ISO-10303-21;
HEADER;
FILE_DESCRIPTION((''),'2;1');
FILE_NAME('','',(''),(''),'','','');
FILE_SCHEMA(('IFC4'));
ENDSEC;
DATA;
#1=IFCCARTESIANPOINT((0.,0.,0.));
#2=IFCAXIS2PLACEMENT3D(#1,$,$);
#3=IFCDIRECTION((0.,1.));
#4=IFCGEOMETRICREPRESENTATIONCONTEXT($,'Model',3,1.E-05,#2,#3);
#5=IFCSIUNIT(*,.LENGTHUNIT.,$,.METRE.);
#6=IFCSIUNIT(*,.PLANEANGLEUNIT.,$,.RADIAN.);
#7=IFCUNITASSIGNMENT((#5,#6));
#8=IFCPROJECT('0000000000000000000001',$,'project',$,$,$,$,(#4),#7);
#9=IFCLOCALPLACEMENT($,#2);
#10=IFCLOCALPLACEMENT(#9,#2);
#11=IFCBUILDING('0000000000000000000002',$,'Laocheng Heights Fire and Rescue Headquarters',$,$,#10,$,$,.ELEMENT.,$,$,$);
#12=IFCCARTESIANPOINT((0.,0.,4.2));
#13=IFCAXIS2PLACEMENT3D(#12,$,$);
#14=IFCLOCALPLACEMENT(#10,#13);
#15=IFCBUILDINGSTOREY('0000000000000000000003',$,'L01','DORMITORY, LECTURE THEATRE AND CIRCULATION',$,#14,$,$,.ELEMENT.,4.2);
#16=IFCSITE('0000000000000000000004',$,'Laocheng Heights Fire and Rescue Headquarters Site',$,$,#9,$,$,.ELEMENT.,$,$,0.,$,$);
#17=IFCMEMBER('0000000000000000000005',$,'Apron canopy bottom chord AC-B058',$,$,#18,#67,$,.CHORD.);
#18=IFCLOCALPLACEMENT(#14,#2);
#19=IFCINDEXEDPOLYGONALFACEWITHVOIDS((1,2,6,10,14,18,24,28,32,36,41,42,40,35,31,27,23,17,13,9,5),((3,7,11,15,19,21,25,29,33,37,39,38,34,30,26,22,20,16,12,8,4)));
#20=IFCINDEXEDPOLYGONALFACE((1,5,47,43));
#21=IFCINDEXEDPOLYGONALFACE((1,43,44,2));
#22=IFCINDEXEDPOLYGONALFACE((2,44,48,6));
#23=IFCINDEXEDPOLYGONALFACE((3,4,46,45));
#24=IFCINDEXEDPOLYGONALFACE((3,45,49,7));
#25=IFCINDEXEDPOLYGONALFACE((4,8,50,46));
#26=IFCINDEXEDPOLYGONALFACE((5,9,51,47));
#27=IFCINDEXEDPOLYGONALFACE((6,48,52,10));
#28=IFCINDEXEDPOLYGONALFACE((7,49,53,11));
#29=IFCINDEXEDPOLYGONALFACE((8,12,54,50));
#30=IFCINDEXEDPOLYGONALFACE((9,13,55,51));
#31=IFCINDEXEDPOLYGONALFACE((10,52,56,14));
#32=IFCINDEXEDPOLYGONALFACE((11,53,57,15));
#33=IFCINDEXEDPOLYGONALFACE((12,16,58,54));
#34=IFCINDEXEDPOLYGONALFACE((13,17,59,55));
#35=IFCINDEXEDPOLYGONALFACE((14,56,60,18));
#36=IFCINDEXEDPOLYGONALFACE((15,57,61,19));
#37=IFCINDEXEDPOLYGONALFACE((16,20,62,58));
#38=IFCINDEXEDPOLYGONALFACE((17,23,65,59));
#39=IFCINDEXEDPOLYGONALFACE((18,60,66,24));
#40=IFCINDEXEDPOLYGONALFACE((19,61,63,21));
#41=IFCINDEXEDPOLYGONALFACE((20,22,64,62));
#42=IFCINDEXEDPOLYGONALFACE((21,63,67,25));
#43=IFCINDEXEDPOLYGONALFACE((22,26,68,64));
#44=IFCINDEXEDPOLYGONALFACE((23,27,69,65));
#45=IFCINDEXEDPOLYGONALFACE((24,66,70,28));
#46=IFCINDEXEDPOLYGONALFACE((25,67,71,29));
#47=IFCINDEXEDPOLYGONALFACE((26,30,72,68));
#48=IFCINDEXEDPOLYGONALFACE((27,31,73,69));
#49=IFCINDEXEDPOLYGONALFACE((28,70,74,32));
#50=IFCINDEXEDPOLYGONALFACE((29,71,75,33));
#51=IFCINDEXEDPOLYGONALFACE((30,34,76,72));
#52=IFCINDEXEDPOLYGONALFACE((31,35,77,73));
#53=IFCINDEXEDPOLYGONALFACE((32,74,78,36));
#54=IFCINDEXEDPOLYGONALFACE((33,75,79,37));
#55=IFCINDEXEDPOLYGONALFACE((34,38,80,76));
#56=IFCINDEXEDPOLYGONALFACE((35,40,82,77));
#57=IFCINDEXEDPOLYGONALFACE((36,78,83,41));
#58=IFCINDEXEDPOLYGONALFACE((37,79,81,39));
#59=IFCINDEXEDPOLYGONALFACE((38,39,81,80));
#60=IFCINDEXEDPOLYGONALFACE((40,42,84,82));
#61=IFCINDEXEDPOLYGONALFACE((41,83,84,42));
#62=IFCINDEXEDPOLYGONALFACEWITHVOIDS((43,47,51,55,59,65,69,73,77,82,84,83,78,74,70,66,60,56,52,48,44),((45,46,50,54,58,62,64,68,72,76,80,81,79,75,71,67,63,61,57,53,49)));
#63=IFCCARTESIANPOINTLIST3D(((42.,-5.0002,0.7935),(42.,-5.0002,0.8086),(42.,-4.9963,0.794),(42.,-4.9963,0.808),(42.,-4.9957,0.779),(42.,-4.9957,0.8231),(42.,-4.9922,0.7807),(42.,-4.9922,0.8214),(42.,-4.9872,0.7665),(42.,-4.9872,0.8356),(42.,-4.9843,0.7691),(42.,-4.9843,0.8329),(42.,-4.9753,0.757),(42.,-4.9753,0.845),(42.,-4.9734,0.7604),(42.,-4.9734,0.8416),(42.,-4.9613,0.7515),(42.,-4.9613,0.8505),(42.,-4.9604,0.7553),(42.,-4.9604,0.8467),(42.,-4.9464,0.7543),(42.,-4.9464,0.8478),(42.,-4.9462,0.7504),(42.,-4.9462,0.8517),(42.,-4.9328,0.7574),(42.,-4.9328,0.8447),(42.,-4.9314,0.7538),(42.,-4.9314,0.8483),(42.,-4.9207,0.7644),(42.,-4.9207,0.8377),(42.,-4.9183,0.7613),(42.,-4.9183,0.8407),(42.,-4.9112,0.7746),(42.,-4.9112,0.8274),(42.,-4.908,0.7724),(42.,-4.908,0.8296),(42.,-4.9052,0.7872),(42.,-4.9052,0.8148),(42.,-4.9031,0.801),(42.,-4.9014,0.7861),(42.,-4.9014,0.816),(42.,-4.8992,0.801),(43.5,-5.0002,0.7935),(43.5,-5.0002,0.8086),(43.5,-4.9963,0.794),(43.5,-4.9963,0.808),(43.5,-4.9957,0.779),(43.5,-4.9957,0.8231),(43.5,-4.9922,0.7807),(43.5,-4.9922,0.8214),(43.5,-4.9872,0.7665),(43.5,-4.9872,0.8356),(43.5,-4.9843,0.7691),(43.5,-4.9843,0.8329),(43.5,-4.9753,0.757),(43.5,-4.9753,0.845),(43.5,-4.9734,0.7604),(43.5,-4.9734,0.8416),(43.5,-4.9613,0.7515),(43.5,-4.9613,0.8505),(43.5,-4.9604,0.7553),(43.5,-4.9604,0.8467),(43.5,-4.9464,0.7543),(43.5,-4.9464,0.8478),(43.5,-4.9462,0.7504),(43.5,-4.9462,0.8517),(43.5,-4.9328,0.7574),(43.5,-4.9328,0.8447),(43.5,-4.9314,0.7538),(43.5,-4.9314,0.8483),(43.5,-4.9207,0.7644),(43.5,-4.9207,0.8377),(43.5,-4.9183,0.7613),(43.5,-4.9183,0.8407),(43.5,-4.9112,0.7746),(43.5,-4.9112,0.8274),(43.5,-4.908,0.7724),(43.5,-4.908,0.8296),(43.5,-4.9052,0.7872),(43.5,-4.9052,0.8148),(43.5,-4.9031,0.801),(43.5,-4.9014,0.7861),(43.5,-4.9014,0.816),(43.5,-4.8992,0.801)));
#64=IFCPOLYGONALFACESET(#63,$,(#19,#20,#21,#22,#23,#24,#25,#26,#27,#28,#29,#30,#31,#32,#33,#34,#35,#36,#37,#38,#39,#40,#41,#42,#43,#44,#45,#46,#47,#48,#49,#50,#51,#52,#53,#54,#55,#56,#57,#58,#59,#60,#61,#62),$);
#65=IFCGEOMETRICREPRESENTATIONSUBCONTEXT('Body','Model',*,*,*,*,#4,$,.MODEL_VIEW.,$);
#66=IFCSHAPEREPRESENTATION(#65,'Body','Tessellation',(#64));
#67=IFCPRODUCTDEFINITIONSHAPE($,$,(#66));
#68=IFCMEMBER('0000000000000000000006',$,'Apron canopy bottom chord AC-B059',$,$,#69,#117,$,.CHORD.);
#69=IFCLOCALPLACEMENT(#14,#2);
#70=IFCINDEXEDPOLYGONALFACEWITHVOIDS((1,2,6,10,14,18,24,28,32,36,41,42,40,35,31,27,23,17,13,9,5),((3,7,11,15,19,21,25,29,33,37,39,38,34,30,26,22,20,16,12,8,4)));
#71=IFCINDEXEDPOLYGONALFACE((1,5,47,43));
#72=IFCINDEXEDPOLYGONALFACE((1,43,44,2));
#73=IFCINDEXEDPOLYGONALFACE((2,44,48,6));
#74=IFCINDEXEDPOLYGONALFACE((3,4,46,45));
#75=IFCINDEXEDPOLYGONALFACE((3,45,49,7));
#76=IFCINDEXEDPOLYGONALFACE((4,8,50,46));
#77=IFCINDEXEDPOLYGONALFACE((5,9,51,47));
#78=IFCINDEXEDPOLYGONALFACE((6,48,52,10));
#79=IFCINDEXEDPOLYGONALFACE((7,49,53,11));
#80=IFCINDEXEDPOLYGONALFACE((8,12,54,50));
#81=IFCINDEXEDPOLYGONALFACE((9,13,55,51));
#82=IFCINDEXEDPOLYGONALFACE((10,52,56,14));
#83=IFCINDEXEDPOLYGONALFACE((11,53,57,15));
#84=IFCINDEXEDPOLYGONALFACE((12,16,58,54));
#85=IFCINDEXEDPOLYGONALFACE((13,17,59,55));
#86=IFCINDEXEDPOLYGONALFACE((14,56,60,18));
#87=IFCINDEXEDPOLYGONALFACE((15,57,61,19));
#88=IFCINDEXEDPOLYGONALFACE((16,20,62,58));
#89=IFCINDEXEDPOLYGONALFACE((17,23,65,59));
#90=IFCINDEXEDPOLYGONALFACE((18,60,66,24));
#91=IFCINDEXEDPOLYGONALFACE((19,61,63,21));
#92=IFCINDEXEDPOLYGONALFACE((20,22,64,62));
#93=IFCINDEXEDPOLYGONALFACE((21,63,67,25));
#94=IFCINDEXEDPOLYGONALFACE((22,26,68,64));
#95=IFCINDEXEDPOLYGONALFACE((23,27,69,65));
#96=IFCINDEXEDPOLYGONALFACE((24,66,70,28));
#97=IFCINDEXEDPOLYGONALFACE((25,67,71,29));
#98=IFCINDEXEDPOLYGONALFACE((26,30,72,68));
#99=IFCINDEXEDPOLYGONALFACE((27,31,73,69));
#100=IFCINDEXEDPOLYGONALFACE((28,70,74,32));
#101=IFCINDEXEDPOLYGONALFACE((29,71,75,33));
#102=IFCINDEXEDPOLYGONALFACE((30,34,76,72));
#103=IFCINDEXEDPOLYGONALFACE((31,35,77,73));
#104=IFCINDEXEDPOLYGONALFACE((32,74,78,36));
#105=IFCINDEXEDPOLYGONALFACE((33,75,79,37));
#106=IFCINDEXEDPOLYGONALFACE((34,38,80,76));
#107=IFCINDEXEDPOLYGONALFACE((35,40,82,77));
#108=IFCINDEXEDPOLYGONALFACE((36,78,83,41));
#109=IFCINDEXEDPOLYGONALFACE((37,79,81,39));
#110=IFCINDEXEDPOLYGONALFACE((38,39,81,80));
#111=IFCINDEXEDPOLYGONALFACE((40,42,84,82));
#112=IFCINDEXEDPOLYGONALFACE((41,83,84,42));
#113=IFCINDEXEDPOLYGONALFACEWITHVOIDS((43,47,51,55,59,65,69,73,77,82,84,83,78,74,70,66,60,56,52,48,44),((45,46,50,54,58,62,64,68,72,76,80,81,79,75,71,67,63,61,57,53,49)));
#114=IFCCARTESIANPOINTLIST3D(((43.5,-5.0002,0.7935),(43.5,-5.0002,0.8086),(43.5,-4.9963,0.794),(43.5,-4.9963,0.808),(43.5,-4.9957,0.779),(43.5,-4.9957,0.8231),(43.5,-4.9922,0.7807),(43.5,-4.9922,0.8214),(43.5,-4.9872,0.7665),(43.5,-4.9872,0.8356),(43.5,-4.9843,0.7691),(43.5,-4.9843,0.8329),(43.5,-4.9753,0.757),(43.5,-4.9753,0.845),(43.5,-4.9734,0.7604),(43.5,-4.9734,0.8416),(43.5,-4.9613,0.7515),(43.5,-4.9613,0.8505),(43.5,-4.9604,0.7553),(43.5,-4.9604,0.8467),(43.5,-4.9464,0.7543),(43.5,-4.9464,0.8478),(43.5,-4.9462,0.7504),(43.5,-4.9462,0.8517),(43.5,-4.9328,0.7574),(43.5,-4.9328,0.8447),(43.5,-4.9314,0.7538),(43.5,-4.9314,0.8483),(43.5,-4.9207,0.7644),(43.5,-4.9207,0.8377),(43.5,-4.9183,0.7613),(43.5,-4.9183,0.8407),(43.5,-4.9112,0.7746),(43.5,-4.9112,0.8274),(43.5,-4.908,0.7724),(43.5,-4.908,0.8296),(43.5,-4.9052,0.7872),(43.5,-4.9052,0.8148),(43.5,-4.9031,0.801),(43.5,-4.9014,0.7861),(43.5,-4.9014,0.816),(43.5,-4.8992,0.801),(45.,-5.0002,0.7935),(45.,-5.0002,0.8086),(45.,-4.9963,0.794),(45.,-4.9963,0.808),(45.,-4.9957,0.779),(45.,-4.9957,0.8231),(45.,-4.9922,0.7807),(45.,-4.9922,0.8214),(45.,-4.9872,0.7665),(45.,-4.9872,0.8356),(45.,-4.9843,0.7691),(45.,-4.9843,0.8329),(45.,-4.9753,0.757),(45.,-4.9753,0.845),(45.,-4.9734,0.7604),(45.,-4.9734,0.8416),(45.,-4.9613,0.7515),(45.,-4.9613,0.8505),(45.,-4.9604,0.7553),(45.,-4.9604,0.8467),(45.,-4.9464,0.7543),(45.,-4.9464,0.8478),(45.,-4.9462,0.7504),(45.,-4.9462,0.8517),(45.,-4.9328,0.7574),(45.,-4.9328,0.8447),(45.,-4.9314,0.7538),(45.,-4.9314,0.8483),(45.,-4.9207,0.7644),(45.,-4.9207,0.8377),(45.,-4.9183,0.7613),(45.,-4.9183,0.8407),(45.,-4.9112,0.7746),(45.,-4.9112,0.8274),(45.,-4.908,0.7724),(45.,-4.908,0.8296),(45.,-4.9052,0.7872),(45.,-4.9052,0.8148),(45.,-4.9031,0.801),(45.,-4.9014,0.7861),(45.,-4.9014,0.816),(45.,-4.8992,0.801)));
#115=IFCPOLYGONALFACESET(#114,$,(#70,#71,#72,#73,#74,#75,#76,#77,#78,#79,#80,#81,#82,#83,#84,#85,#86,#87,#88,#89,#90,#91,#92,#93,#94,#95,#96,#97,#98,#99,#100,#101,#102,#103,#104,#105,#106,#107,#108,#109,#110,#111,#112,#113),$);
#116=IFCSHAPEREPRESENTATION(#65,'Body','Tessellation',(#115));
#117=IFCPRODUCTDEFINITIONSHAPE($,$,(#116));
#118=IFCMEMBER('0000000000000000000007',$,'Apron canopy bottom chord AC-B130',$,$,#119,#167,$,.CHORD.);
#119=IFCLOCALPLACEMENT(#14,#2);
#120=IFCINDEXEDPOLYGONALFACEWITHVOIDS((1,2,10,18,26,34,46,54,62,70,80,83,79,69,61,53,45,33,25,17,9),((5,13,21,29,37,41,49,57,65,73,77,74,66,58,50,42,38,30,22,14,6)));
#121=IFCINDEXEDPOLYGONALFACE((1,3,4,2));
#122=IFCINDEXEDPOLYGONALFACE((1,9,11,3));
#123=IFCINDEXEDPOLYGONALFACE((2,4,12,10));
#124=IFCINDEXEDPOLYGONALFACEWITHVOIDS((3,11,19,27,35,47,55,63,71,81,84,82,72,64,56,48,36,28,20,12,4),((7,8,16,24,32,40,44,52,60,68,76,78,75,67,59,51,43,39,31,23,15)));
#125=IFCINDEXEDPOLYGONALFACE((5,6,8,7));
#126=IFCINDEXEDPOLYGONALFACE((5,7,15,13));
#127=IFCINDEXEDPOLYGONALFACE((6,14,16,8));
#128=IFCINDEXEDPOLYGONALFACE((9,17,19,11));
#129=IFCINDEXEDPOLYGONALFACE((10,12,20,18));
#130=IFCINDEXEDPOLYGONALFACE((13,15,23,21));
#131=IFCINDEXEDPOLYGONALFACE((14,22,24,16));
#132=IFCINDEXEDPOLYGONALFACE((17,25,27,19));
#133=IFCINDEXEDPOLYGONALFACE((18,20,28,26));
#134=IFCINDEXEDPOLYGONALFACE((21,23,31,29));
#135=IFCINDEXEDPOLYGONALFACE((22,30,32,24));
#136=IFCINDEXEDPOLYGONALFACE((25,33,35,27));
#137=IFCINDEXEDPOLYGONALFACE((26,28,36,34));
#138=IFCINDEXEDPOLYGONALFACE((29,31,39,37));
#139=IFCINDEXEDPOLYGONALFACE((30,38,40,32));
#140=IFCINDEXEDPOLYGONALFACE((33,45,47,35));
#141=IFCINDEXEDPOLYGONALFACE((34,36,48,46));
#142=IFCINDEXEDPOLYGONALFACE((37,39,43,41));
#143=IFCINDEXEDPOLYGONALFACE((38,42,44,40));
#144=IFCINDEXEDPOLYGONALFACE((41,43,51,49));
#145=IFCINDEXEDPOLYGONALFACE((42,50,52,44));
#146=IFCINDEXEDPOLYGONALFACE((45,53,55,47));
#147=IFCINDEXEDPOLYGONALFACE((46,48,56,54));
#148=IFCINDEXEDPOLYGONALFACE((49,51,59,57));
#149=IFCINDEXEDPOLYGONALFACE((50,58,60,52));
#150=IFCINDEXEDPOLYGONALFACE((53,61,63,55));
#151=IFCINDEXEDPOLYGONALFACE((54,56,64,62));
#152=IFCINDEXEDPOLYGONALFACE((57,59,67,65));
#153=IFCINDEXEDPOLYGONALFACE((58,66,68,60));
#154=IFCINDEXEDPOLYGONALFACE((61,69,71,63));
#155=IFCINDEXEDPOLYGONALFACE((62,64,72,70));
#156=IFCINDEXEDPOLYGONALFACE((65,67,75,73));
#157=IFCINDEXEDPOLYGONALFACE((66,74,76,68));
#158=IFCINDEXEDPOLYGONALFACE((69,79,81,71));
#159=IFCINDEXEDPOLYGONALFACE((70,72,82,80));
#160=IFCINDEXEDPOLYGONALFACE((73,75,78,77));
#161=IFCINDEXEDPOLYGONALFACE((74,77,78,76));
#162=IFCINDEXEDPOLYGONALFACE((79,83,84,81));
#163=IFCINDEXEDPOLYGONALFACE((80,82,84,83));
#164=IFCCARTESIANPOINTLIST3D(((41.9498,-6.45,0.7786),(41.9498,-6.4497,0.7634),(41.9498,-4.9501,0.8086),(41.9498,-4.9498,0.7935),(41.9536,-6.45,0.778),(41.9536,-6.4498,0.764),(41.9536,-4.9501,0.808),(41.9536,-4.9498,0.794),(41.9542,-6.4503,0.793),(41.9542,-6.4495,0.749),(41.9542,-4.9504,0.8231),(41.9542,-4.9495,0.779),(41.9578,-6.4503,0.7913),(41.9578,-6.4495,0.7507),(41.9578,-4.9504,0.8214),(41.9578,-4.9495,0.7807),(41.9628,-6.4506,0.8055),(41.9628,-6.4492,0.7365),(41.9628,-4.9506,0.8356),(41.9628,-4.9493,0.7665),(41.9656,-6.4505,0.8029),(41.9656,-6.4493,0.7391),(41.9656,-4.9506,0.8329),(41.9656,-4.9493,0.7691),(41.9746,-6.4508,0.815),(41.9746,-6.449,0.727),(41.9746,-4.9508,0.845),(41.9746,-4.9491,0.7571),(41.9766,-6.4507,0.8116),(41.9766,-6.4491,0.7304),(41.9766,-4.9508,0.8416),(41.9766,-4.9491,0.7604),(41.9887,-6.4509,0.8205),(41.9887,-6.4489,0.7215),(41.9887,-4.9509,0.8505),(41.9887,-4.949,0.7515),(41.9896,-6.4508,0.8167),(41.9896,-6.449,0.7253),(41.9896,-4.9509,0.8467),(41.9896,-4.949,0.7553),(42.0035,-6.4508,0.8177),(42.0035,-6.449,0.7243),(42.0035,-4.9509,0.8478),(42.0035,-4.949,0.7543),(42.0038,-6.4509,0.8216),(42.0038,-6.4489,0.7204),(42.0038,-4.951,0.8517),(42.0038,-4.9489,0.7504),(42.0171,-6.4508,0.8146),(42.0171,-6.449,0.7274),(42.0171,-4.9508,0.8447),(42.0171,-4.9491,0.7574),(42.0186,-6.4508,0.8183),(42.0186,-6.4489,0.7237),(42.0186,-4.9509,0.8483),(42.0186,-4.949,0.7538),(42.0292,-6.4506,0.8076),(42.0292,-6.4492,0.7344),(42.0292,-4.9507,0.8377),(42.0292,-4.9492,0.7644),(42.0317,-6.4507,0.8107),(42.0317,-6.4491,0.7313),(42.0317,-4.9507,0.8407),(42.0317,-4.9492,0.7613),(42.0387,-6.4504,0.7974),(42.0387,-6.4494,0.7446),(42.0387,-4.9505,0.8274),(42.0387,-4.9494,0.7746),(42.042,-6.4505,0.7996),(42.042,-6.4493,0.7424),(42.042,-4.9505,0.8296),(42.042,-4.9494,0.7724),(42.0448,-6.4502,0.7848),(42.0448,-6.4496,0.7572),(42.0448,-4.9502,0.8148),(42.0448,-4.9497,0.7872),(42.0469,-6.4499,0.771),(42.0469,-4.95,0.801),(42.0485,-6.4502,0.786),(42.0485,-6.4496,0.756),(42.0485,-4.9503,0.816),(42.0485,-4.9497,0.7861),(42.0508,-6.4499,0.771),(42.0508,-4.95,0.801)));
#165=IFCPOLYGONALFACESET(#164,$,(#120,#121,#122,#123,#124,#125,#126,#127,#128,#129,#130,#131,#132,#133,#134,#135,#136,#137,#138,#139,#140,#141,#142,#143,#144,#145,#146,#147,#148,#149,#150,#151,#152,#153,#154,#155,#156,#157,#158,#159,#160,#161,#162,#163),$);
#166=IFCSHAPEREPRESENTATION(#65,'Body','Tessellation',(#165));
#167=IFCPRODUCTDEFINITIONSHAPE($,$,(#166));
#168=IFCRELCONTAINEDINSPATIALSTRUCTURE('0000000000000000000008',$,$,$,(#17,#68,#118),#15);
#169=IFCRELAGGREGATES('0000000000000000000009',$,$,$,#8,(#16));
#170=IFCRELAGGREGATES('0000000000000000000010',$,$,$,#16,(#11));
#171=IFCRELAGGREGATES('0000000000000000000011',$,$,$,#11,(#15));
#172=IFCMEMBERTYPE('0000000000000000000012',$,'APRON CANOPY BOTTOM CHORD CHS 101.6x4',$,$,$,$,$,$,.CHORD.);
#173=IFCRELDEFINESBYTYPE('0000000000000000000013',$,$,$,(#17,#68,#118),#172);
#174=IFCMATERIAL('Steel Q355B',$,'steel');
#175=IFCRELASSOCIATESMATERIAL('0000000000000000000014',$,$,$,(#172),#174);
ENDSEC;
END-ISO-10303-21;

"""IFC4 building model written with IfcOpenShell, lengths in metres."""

from ifc_helpers import new_model, si_unit, direction, frame, origin, origin_2d, place, context, subcontext, project, spatial, hollow_circle, extrude, material, material_profile, profile_set, type_object, element, save


model = new_model("IFC4")

# Units and contexts
model_context = context("Model", 3, precision=1e-05, world=origin(), true_north=direction((0.0, 1.0)))
body_context = subcontext(model_context, "Body", "Model", "MODEL_VIEW")
ifc_project = project(units=[si_unit("LENGTHUNIT", "METRE"), si_unit("PLANEANGLEUNIT", "RADIAN")], contexts=[model_context])

# Site, building, storey
site_placement = place(None, origin())
site = spatial("IfcSite", under=ifc_project, at=site_placement, Name="Laocheng Heights Fire and Rescue Headquarters Site", CompositionType="ELEMENT", RefElevation=0.0)
building_placement = place(site_placement, origin())
building = spatial("IfcBuilding", under=site, at=building_placement, Name="Laocheng Heights Fire and Rescue Headquarters", CompositionType="ELEMENT")
storey_placement = place(building_placement, frame((0.0, 0.0, 4.2)))
storey = spatial("IfcBuildingStorey", under=building, at=storey_placement, Name="L01", Description="DORMITORY, LECTURE THEATRE AND CIRCULATION", CompositionType="ELEMENT", Elevation=4.2)

# Members
ifc_material_1 = material(Name="Steel Q355B", Category="steel")
ifc_material_profile_1 = material_profile(ifc_material_1, hollow_circle(Radius=0.0508, WallThickness=0.0039, at=origin_2d()), Name="CHS 101.6x4")
ifc_profile_set_1 = profile_set([ifc_material_profile_1], Name="Steel Q355B")
member_type_1 = type_object("IfcMemberType", Name="APRON CANOPY BOTTOM CHORD CHS 101.6x4", PredefinedType="CHORD", material=ifc_profile_set_1)
for number, where, z_axis, x_axis, name in (
    (1, (42.0, -4.95, 0.801), (1.0, 0.0, 0.0), (0.0, 1.0, 0.0), "Apron canopy bottom chord AC-B058"),
    (2, (43.5, -4.95, 0.801), (1.0, 0.0, 0.0), (0.0, 1.0, 0.0), "Apron canopy bottom chord AC-B059"),
):
    element("IfcMember", number, at=place(storey_placement, frame(where, z_axis=z_axis, x_axis=x_axis)), inside=storey, type_object=member_type_1, Name=name, PredefinedType="CHORD", context=body_context, shape_type="SweptSolid", body=[
        extrude(hollow_circle(Radius=0.0508, WallThickness=0.0039, at=origin_2d()), origin(), (0.0, 0.0, 1.0), 1.5),
    ])
for number, where, z_axis, x_axis, name in (
    (3, (42.0, -4.95, 0.801), (0.0, -0.9998, -0.020016), (1.0, 0.0, 0.0), "Apron canopy bottom chord AC-B130"),
):
    element("IfcMember", number, at=place(storey_placement, frame(where, z_axis=z_axis, x_axis=x_axis)), inside=storey, type_object=member_type_1, Name=name, PredefinedType="CHORD", context=body_context, shape_type="SweptSolid", body=[
        extrude(hollow_circle(Radius=0.0508, WallThickness=0.0039, at=origin_2d()), origin(), (0.0, 0.0, 1.0), 1.5002),
    ])

save(model, "model.ifc")
